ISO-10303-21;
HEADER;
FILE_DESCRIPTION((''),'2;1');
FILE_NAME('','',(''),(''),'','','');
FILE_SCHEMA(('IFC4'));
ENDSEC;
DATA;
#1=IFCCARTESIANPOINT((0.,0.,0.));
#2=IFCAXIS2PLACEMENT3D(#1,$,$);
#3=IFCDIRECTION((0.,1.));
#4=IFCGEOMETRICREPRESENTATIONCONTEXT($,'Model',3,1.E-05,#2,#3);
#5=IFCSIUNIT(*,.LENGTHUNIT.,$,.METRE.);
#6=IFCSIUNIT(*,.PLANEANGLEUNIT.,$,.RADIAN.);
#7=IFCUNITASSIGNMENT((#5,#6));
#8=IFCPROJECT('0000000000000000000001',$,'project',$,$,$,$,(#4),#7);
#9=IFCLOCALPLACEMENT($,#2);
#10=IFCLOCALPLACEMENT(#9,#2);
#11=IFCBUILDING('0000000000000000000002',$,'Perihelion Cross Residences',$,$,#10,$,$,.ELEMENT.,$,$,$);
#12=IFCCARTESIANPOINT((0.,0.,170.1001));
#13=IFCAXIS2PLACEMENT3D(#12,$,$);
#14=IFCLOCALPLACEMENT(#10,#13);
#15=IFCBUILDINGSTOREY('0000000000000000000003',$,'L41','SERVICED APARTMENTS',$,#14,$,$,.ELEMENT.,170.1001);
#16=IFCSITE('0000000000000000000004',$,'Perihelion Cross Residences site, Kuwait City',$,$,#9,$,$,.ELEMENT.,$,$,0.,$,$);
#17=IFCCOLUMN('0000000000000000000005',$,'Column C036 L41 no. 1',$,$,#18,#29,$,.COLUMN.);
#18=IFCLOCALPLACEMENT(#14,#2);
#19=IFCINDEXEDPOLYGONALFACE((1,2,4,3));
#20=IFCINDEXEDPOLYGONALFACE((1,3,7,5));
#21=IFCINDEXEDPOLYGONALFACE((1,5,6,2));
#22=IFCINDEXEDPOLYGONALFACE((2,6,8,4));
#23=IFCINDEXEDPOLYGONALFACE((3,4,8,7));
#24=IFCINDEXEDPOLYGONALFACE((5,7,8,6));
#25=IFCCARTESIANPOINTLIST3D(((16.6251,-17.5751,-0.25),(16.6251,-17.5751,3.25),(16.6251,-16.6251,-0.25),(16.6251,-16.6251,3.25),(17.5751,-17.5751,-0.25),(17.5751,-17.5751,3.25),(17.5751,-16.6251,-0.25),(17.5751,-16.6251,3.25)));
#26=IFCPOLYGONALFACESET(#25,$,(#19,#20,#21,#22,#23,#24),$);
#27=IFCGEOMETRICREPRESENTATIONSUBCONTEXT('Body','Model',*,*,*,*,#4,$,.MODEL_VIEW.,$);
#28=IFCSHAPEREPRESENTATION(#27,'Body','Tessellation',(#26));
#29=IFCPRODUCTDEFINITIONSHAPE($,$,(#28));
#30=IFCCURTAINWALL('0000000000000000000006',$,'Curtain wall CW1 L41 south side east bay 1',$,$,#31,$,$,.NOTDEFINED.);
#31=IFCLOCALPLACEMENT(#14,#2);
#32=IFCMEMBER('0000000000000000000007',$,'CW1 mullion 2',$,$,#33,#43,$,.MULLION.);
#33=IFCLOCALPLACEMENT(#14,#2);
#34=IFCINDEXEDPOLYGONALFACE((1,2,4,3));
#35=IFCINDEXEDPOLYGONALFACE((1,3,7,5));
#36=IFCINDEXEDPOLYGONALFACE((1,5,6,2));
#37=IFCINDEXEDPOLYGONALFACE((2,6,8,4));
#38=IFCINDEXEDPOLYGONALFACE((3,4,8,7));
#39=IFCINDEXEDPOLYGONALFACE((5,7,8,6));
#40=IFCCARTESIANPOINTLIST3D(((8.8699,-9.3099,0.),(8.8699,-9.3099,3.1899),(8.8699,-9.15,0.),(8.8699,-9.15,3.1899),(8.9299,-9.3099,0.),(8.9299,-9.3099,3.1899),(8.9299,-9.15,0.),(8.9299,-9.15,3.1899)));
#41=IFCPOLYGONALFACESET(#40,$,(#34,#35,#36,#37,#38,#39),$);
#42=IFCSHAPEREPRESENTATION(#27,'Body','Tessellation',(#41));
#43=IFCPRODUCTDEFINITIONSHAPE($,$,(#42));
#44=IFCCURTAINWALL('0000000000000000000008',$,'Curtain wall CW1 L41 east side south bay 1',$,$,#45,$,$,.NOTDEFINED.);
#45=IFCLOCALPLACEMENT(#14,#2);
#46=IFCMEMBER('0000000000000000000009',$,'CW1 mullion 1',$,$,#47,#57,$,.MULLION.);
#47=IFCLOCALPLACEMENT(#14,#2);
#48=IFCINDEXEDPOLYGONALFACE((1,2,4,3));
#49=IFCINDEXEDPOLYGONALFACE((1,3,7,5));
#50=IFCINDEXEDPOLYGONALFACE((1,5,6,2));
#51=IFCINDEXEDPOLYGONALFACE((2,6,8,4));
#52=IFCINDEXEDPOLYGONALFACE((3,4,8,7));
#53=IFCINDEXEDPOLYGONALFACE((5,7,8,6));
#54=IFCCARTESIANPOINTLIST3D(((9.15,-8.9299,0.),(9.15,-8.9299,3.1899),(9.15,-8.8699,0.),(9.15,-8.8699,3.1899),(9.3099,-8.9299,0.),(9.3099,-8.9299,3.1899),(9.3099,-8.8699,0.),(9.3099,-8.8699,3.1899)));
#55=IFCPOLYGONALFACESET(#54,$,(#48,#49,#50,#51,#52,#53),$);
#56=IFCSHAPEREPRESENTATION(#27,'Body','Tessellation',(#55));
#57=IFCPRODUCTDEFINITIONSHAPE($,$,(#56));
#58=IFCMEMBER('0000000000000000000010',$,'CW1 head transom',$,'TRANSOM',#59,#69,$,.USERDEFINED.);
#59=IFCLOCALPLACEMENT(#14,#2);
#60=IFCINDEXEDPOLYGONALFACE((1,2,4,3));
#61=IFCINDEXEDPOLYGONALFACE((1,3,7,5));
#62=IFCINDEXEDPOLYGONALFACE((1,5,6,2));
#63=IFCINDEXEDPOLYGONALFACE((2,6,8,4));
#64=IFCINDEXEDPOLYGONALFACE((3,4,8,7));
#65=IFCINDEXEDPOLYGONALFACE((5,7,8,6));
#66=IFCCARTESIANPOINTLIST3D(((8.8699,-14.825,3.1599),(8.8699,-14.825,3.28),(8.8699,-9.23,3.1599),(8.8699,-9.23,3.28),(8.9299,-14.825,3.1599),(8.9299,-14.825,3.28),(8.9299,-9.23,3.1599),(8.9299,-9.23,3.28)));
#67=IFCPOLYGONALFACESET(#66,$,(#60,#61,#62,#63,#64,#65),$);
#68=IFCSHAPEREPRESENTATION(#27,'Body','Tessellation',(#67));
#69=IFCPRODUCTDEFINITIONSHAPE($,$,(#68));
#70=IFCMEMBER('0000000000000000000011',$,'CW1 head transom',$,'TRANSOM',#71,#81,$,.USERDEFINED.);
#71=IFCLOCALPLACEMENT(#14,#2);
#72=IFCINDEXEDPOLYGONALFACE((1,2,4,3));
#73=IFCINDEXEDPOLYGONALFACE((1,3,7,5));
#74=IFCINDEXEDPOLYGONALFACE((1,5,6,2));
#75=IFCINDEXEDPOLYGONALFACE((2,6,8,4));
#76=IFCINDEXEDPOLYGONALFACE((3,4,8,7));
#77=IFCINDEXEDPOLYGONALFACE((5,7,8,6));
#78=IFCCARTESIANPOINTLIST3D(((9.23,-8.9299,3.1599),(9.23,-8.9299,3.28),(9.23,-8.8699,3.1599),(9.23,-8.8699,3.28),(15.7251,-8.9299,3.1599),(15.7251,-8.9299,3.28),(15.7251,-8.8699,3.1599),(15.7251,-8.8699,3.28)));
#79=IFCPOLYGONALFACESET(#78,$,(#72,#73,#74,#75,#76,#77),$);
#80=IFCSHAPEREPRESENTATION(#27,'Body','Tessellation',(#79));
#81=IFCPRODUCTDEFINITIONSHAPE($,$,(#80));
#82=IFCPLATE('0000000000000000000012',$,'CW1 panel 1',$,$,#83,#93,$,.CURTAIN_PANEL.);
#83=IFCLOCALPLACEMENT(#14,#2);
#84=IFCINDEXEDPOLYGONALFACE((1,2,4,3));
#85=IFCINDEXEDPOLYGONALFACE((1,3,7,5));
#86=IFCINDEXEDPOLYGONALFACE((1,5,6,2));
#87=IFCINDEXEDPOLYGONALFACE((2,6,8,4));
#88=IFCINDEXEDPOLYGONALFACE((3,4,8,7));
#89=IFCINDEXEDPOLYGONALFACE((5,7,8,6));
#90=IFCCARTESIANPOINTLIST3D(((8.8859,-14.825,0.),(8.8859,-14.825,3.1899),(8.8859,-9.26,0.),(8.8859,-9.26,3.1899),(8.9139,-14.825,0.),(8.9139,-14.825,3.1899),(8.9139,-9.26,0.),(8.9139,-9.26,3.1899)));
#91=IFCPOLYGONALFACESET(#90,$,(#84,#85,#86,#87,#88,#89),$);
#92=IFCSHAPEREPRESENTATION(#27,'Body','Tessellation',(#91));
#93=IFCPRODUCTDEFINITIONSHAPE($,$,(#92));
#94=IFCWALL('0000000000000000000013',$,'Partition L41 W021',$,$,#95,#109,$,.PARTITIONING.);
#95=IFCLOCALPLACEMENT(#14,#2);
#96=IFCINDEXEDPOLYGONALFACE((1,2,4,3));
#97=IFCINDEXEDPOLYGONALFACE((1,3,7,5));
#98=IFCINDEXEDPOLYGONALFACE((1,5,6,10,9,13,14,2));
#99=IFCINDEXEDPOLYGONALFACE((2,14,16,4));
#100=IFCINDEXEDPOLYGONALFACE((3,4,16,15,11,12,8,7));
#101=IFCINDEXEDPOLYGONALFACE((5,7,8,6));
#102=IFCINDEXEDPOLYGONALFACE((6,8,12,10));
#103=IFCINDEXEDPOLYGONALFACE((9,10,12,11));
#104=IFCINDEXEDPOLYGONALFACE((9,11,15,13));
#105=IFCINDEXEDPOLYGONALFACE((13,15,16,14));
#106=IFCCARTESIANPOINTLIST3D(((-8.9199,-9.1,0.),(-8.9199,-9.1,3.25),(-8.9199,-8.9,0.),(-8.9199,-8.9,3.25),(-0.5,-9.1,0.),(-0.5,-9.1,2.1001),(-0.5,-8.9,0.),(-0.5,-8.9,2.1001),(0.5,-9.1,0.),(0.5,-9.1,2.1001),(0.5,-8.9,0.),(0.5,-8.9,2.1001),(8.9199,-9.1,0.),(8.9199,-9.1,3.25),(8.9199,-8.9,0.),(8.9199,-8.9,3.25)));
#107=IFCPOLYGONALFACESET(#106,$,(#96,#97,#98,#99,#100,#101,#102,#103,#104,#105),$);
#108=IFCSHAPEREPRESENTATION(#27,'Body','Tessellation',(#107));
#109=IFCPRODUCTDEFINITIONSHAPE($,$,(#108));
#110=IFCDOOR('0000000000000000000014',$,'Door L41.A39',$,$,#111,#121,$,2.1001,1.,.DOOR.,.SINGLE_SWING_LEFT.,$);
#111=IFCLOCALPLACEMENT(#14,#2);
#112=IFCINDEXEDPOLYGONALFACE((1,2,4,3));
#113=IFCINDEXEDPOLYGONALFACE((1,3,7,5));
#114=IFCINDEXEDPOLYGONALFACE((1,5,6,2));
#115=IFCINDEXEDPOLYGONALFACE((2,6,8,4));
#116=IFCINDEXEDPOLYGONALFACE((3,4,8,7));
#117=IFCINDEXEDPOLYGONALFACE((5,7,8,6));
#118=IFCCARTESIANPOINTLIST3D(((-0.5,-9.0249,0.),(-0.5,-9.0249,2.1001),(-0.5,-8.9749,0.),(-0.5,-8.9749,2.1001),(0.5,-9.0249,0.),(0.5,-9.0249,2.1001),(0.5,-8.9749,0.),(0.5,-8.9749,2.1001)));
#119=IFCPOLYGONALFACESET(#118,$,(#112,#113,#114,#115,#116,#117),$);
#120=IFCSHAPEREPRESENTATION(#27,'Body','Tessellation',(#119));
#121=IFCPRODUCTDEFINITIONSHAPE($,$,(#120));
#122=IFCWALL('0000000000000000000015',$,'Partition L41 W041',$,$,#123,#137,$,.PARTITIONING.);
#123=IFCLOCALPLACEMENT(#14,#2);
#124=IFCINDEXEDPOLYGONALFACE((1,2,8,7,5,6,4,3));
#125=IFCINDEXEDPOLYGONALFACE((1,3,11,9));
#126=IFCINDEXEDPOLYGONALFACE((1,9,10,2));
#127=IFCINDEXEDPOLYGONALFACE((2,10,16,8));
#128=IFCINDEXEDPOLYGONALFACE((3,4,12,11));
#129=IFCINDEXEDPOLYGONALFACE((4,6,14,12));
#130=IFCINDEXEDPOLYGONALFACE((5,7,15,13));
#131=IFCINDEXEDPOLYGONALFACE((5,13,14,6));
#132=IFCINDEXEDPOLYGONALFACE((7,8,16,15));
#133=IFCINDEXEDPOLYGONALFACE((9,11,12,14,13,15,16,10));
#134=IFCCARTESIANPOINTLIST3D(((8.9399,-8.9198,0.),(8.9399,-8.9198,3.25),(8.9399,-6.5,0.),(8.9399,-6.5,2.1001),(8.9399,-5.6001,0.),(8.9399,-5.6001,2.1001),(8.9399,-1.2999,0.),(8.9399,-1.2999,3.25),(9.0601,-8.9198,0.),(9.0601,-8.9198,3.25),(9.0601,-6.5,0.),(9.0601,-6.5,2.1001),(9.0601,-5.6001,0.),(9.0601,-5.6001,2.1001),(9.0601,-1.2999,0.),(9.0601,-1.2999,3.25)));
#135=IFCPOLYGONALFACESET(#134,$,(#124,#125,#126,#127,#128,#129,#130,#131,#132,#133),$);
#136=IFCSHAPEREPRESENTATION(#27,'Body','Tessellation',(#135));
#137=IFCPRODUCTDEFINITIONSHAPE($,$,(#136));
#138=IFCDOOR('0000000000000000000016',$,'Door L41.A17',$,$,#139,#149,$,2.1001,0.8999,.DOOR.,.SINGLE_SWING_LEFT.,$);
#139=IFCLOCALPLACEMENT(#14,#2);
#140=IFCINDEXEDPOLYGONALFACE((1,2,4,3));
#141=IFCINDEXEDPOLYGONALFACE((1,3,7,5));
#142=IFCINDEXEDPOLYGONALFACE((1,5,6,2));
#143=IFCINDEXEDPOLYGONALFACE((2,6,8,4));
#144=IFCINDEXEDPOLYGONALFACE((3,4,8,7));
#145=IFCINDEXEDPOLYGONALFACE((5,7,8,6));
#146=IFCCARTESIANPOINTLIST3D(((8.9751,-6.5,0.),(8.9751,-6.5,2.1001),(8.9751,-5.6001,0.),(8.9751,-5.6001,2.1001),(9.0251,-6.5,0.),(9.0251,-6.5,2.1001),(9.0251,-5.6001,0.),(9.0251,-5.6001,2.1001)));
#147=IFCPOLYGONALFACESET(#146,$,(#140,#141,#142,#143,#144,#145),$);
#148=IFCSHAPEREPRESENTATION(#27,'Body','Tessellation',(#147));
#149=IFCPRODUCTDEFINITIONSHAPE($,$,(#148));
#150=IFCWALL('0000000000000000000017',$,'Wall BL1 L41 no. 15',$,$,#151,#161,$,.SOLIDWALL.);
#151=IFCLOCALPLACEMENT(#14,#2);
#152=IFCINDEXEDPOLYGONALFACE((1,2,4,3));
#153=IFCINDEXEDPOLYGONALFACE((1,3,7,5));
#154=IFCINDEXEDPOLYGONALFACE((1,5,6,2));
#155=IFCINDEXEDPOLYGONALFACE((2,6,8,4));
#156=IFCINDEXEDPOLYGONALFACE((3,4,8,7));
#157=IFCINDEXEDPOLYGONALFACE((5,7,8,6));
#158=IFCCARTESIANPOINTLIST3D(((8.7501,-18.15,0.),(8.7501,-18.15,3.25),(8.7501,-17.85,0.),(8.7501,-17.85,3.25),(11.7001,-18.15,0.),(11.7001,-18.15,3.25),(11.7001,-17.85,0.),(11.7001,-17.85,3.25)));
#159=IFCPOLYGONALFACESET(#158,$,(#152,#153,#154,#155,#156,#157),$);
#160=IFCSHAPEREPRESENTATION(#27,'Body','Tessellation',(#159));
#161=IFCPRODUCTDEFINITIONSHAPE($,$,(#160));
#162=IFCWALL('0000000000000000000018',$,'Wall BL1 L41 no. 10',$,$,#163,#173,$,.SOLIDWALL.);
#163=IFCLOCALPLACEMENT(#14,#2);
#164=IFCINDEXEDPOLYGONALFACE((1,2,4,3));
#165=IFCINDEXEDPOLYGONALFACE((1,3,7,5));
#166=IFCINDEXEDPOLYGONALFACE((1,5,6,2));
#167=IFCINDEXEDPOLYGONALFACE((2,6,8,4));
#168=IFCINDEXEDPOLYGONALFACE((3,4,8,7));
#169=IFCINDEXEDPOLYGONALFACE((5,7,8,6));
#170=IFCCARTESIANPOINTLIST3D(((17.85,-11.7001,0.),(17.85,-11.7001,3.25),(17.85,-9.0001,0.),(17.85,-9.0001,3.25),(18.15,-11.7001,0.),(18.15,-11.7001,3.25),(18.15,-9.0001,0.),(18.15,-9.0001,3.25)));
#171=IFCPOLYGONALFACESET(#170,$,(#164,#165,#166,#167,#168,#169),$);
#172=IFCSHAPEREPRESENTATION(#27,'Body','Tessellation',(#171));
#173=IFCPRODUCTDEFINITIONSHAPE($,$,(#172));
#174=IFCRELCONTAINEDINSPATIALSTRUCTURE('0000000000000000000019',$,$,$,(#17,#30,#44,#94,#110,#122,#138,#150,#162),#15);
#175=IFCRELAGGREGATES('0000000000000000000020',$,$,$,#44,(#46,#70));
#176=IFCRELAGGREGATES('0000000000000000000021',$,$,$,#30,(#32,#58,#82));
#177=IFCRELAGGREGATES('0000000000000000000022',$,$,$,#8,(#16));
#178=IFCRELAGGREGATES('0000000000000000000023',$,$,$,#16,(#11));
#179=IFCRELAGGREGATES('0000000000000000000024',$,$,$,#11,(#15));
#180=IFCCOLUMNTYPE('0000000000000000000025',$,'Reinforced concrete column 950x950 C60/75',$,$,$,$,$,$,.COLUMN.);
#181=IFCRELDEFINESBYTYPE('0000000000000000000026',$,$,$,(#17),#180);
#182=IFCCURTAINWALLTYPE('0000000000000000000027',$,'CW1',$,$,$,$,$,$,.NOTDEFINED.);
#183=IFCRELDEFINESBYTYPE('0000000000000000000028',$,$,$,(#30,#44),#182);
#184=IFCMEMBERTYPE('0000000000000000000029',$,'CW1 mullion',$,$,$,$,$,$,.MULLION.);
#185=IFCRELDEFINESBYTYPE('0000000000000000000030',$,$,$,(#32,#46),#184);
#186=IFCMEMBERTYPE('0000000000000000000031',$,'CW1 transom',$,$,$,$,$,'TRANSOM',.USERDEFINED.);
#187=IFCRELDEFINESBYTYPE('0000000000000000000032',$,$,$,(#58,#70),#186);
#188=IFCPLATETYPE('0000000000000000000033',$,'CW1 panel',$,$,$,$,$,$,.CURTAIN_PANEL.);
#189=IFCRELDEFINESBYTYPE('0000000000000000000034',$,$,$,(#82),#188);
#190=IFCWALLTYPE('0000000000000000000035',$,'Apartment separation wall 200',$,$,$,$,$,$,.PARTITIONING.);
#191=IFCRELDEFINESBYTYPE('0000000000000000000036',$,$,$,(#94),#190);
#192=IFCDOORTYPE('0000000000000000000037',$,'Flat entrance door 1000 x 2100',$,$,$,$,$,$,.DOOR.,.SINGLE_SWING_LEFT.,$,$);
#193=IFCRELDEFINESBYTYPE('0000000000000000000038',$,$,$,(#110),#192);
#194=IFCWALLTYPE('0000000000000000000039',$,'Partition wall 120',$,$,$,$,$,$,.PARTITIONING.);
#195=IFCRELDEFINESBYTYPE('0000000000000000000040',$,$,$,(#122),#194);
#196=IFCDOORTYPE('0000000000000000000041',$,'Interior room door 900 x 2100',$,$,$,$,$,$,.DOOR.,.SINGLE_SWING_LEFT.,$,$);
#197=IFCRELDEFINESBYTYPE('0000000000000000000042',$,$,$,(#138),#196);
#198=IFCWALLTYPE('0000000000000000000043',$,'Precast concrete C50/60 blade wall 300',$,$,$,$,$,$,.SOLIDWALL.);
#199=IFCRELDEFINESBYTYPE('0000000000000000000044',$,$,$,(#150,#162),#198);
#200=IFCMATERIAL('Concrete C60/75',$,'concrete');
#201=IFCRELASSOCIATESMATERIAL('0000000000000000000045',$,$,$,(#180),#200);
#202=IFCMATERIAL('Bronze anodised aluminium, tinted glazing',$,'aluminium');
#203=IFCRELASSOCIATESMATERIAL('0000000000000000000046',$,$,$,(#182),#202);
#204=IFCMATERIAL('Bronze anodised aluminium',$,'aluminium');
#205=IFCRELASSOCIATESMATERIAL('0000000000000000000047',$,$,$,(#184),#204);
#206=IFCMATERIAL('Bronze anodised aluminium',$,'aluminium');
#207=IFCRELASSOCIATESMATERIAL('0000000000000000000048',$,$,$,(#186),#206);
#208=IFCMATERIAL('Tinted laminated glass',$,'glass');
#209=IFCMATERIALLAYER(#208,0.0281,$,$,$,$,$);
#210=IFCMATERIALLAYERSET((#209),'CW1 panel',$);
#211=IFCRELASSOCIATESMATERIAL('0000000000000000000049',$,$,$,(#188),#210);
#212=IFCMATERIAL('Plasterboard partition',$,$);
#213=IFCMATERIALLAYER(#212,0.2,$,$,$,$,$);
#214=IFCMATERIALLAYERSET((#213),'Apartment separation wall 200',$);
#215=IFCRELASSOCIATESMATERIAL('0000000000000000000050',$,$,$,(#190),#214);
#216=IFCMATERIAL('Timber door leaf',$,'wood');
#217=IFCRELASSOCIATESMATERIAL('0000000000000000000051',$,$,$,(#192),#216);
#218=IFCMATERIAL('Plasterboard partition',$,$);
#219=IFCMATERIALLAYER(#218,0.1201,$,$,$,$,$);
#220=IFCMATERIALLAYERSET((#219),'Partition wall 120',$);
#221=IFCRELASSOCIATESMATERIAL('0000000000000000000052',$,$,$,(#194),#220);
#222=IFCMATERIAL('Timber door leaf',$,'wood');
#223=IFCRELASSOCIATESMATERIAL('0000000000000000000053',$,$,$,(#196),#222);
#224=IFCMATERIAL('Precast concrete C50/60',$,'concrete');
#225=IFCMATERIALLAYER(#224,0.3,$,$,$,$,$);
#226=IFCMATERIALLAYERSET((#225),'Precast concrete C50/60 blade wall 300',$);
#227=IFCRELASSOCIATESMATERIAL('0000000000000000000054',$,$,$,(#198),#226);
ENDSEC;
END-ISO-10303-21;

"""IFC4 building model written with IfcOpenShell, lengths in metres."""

from ifc_helpers import new_model, si_unit, direction, frame, frame_2d, origin, origin_2d, place, context, subcontext, project, spatial, rectangle, extrude, material, layer, layer_set, material_profile, profile_set, type_object, element, fill, aggregate, save


model = new_model("IFC4")

# Units and contexts
model_context = context("Model", 3, precision=1e-05, world=origin(), true_north=direction((0.0, 1.0)))
body_context = subcontext(model_context, "Body", "Model", "MODEL_VIEW")
ifc_project = project(units=[si_unit("LENGTHUNIT", "METRE"), si_unit("PLANEANGLEUNIT", "RADIAN")], contexts=[model_context])

# Site, building, storey
site_placement = place(None, origin())
site = spatial("IfcSite", under=ifc_project, at=site_placement, Name="Perihelion Cross Residences site, Kuwait City", CompositionType="ELEMENT", RefElevation=0.0)
building_placement = place(site_placement, origin())
building = spatial("IfcBuilding", under=site, at=building_placement, Name="Perihelion Cross Residences", CompositionType="ELEMENT")
storey_placement = place(building_placement, frame((0.0, 0.0, 170.1001)))
storey = spatial("IfcBuildingStorey", under=building, at=storey_placement, Name="L41", Description="SERVICED APARTMENTS", CompositionType="ELEMENT", Elevation=170.1001)

# Column
ifc_material_1 = material(Name="Concrete C60/75", Category="concrete")
ifc_material_profile_1 = material_profile(ifc_material_1, rectangle(XDim=0.95, YDim=0.95, at=origin_2d()), Name="RC 950x950")
ifc_profile_set_1 = profile_set([ifc_material_profile_1], Name="Concrete C60/75")
column_type = type_object("IfcColumnType", Name="Reinforced concrete column 950x950 C60/75", PredefinedType="COLUMN", material=ifc_profile_set_1)
column_placement = place(storey_placement, frame((17.1001, -17.1001, -0.25), z_axis=(0.0, 0.0, 1.0), x_axis=(1.0, 0.0, 0.0)))
element("IfcColumn", 1, at=column_placement, inside=storey, type_object=column_type, Name="Column C036 L41 no. 1", PredefinedType="COLUMN", context=body_context, shape_type="SweptSolid", body=[
    extrude(rectangle(XDim=0.95, YDim=0.95, at=origin_2d()), origin(), (0.0, 0.0, 1.0), 3.5),
])

# Curtain walls, members
ifc_material_2 = material(Name="Bronze anodised aluminium, tinted glazing", Category="aluminium")
curtain_wall_type = type_object("IfcCurtainWallType", Name="CW1", PredefinedType="NOTDEFINED", material=ifc_material_2)
curtain_wall_1_placement = place(storey_placement, origin())
curtain_wall_1 = element("IfcCurtainWall", 2, at=curtain_wall_1_placement, inside=storey, type_object=curtain_wall_type, Name="Curtain wall CW1 L41 south side east bay 1", PredefinedType="NOTDEFINED")
ifc_material_3 = material(Name="Bronze anodised aluminium", Category="aluminium")
ifc_material_profile_2 = material_profile(ifc_material_3, rectangle(XDim=0.0601, YDim=0.1599, at=origin_2d()), Name="CW1 mullion")
ifc_profile_set_2 = profile_set([ifc_material_profile_2], Name="Bronze anodised aluminium")
member_type_1 = type_object("IfcMemberType", Name="CW1 mullion", PredefinedType="MULLION", material=ifc_profile_set_2)
member_1_placement = place(storey_placement, frame((8.8999, -9.23, 0.0), z_axis=(0.0, 0.0, 1.0), x_axis=(-1.0, 0.0, 0.0)))
member_1 = element("IfcMember", 3, at=member_1_placement, type_object=member_type_1, Name="CW1 mullion 2", PredefinedType="MULLION", context=body_context, shape_type="SweptSolid", body=[
    extrude(rectangle(XDim=0.0601, YDim=0.1599, at=origin_2d()), origin(), (0.0, 0.0, 1.0), 3.1899),
])
curtain_wall_2_placement = place(storey_placement, origin())
curtain_wall_2 = element("IfcCurtainWall", 4, at=curtain_wall_2_placement, inside=storey, type_object=curtain_wall_type, Name="Curtain wall CW1 L41 east side south bay 1", PredefinedType="NOTDEFINED")
member_2_placement = place(storey_placement, frame((9.23, -8.8999, 0.0), z_axis=(0.0, 0.0, 1.0), x_axis=(0.0, 1.0, 0.0)))
member_2 = element("IfcMember", 5, at=member_2_placement, type_object=member_type_1, Name="CW1 mullion 1", PredefinedType="MULLION", context=body_context, shape_type="SweptSolid", body=[
    extrude(rectangle(XDim=0.0601, YDim=0.1599, at=origin_2d()), origin(), (0.0, 0.0, 1.0), 3.1899),
])

# Members
ifc_material_4 = material(Name="Bronze anodised aluminium", Category="aluminium")
ifc_material_profile_3 = material_profile(ifc_material_4, rectangle(XDim=0.0601, YDim=0.1201, at=origin_2d()), Name="CW1 transom")
ifc_profile_set_3 = profile_set([ifc_material_profile_3], Name="Bronze anodised aluminium")
member_type_2 = type_object("IfcMemberType", Name="CW1 transom", ElementType="TRANSOM", PredefinedType="USERDEFINED", material=ifc_profile_set_3)
member_3_placement = place(storey_placement, frame((8.8999, -14.825, 3.22), z_axis=(0.0, 1.0, 0.0), x_axis=(-1.0, 0.0, 0.0)))
member_3 = element("IfcMember", 6, at=member_3_placement, type_object=member_type_2, Name="CW1 head transom", ObjectType="TRANSOM", PredefinedType="USERDEFINED", context=body_context, shape_type="SweptSolid", body=[
    extrude(rectangle(XDim=0.0601, YDim=0.1201, at=origin_2d()), origin(), (0.0, 0.0, 1.0), 5.595),
])
member_4_placement = place(storey_placement, frame((9.23, -8.8999, 3.22), z_axis=(1.0, 0.0, 0.0), x_axis=(0.0, 1.0, 0.0)))
member_4 = element("IfcMember", 7, at=member_4_placement, type_object=member_type_2, Name="CW1 head transom", ObjectType="TRANSOM", PredefinedType="USERDEFINED", context=body_context, shape_type="SweptSolid", body=[
    extrude(rectangle(XDim=0.0601, YDim=0.1201, at=origin_2d()), origin(), (0.0, 0.0, 1.0), 6.4951),
])
aggregate(curtain_wall_2, [member_2, member_4])

# Plate
ifc_material_5 = material(Name="Tinted laminated glass", Category="glass")
ifc_layer_1 = layer(ifc_material_5, 0.0281)
ifc_layer_set_1 = layer_set([ifc_layer_1], Name="CW1 panel")
plate_type = type_object("IfcPlateType", Name="CW1 panel", PredefinedType="CURTAIN_PANEL", material=ifc_layer_set_1)
plate_placement = place(storey_placement, frame((8.8999, -12.0425, 0.0), z_axis=(0.0, 0.0, 1.0), x_axis=(0.0, 1.0, 0.0)))
plate = element("IfcPlate", 8, at=plate_placement, type_object=plate_type, Name="CW1 panel 1", PredefinedType="CURTAIN_PANEL", context=body_context, shape_type="SweptSolid", body=[
    extrude(rectangle(XDim=5.5649, YDim=0.0281, at=origin_2d()), origin(), (0.0, 0.0, 1.0), 3.1899),
])
aggregate(curtain_wall_1, [member_1, member_3, plate])

# Walls, openings, doors
ifc_material_6 = material(Name="Plasterboard partition")
ifc_layer_2 = layer(ifc_material_6, 0.2)
ifc_layer_set_2 = layer_set([ifc_layer_2], Name="Apartment separation wall 200")
wall_type_1 = type_object("IfcWallType", Name="Apartment separation wall 200", PredefinedType="PARTITIONING", material=ifc_layer_set_2)
wall_1_placement = place(storey_placement, frame((8.9199, -9.0, 0.0), z_axis=(0.0, 0.0, 1.0), x_axis=(-1.0, 0.0, 0.0)))
wall_1 = element("IfcWall", 9, at=wall_1_placement, inside=storey, type_object=wall_type_1, Name="Partition L41 W021", PredefinedType="PARTITIONING", context=body_context, shape_type="SweptSolid", body=[
    extrude(rectangle(XDim=17.8398, YDim=0.2, at=frame_2d((8.9199, 0.0))), origin(), (0.0, 0.0, 1.0), 3.25),
])
opening_1_placement = place(wall_1_placement, frame((8.4199, 0.0, 0.0)))
opening_1 = element("IfcOpeningElement", 10, at=opening_1_placement, cuts=wall_1, PredefinedType="OPENING", context=body_context, shape_type="SweptSolid", body=[
    extrude(rectangle(XDim=1.0, YDim=2.1001, at=frame_2d((0.5, 1.05))), frame((0.0, 0.1099, 0.0), z_axis=(0.0, -1.0, 0.0), x_axis=(1.0, 0.0, 0.0)), (0.0, 0.0, 1.0), 0.22),
])
ifc_material_7 = material(Name="Timber door leaf", Category="wood")
door_type_1 = type_object("IfcDoorType", Name="Flat entrance door 1000 x 2100", OperationType="SINGLE_SWING_LEFT", PredefinedType="DOOR", material=ifc_material_7)
door_1_placement = place(opening_1_placement, origin())
door_1 = element("IfcDoor", 11, at=door_1_placement, inside=storey, type_object=door_type_1, Name="Door L41.A39", OperationType="SINGLE_SWING_LEFT", OverallHeight=2.1001, OverallWidth=1.0, PredefinedType="DOOR", context=body_context, shape_type="SweptSolid", body=[
    extrude(rectangle(XDim=1.0, YDim=2.1001, at=frame_2d((0.5, 1.05))), frame((0.0, 0.0249, 0.0), z_axis=(0.0, -1.0, 0.0), x_axis=(1.0, 0.0, 0.0)), (0.0, 0.0, 1.0), 0.05),
])
fill(opening_1, door_1)
ifc_material_8 = material(Name="Plasterboard partition")
ifc_layer_3 = layer(ifc_material_8, 0.1201)
ifc_layer_set_3 = layer_set([ifc_layer_3], Name="Partition wall 120")
wall_type_2 = type_object("IfcWallType", Name="Partition wall 120", PredefinedType="PARTITIONING", material=ifc_layer_set_3)
wall_2_placement = place(storey_placement, frame((9.0, -8.9199, 0.0), z_axis=(0.0, 0.0, 1.0), x_axis=(0.0, 1.0, 0.0)))
wall_2 = element("IfcWall", 12, at=wall_2_placement, inside=storey, type_object=wall_type_2, Name="Partition L41 W041", PredefinedType="PARTITIONING", context=body_context, shape_type="SweptSolid", body=[
    extrude(rectangle(XDim=7.6199, YDim=0.1201, at=frame_2d((3.8101, 0.0))), origin(), (0.0, 0.0, 1.0), 3.25),
])
opening_2_placement = place(wall_2_placement, frame((2.4199, 0.0, 0.0)))
opening_2 = element("IfcOpeningElement", 13, at=opening_2_placement, cuts=wall_2, PredefinedType="OPENING", context=body_context, shape_type="SweptSolid", body=[
    extrude(rectangle(XDim=0.8999, YDim=2.1001, at=frame_2d((0.45, 1.05))), frame((0.0, 0.0701, 0.0), z_axis=(0.0, -1.0, 0.0), x_axis=(1.0, 0.0, 0.0)), (0.0, 0.0, 1.0), 0.1401),
])
ifc_material_9 = material(Name="Timber door leaf", Category="wood")
door_type_2 = type_object("IfcDoorType", Name="Interior room door 900 x 2100", OperationType="SINGLE_SWING_LEFT", PredefinedType="DOOR", material=ifc_material_9)
door_2_placement = place(opening_2_placement, origin())
door_2 = element("IfcDoor", 14, at=door_2_placement, inside=storey, type_object=door_type_2, Name="Door L41.A17", OperationType="SINGLE_SWING_LEFT", OverallHeight=2.1001, OverallWidth=0.8999, PredefinedType="DOOR", context=body_context, shape_type="SweptSolid", body=[
    extrude(rectangle(XDim=0.8999, YDim=2.1001, at=frame_2d((0.45, 1.05))), frame((0.0, 0.0249, 0.0), z_axis=(0.0, -1.0, 0.0), x_axis=(1.0, 0.0, 0.0)), (0.0, 0.0, 1.0), 0.05),
])
fill(opening_2, door_2)

# Walls
ifc_material_10 = material(Name="Precast concrete C50/60", Category="concrete")
ifc_layer_4 = layer(ifc_material_10, 0.3)
ifc_layer_set_4 = layer_set([ifc_layer_4], Name="Precast concrete C50/60 blade wall 300")
wall_type_3 = type_object("IfcWallType", Name="Precast concrete C50/60 blade wall 300", PredefinedType="SOLIDWALL", material=ifc_layer_set_4)
wall_3_placement = place(storey_placement, frame((8.75, -18.0, 0.0), z_axis=(0.0, 0.0, 1.0), x_axis=(1.0, 0.0, 0.0)))
element("IfcWall", 15, at=wall_3_placement, inside=storey, type_object=wall_type_3, Name="Wall BL1 L41 no. 15", PredefinedType="SOLIDWALL", context=body_context, shape_type="SweptSolid", body=[
    extrude(rectangle(XDim=2.95, YDim=0.3, at=frame_2d((1.4751, 0.0))), origin(), (0.0, 0.0, 1.0), 3.25),
])
wall_4_placement = place(storey_placement, frame((18.0, -9.0, 0.0), z_axis=(0.0, 0.0, 1.0), x_axis=(0.0, -1.0, 0.0)))
element("IfcWall", 16, at=wall_4_placement, inside=storey, type_object=wall_type_3, Name="Wall BL1 L41 no. 10", PredefinedType="SOLIDWALL", context=body_context, shape_type="SweptSolid", body=[
    extrude(rectangle(XDim=2.7, YDim=0.3, at=frame_2d((1.3501, 0.0))), origin(), (0.0, 0.0, 1.0), 3.25),
])

save(model, "model.ifc")
